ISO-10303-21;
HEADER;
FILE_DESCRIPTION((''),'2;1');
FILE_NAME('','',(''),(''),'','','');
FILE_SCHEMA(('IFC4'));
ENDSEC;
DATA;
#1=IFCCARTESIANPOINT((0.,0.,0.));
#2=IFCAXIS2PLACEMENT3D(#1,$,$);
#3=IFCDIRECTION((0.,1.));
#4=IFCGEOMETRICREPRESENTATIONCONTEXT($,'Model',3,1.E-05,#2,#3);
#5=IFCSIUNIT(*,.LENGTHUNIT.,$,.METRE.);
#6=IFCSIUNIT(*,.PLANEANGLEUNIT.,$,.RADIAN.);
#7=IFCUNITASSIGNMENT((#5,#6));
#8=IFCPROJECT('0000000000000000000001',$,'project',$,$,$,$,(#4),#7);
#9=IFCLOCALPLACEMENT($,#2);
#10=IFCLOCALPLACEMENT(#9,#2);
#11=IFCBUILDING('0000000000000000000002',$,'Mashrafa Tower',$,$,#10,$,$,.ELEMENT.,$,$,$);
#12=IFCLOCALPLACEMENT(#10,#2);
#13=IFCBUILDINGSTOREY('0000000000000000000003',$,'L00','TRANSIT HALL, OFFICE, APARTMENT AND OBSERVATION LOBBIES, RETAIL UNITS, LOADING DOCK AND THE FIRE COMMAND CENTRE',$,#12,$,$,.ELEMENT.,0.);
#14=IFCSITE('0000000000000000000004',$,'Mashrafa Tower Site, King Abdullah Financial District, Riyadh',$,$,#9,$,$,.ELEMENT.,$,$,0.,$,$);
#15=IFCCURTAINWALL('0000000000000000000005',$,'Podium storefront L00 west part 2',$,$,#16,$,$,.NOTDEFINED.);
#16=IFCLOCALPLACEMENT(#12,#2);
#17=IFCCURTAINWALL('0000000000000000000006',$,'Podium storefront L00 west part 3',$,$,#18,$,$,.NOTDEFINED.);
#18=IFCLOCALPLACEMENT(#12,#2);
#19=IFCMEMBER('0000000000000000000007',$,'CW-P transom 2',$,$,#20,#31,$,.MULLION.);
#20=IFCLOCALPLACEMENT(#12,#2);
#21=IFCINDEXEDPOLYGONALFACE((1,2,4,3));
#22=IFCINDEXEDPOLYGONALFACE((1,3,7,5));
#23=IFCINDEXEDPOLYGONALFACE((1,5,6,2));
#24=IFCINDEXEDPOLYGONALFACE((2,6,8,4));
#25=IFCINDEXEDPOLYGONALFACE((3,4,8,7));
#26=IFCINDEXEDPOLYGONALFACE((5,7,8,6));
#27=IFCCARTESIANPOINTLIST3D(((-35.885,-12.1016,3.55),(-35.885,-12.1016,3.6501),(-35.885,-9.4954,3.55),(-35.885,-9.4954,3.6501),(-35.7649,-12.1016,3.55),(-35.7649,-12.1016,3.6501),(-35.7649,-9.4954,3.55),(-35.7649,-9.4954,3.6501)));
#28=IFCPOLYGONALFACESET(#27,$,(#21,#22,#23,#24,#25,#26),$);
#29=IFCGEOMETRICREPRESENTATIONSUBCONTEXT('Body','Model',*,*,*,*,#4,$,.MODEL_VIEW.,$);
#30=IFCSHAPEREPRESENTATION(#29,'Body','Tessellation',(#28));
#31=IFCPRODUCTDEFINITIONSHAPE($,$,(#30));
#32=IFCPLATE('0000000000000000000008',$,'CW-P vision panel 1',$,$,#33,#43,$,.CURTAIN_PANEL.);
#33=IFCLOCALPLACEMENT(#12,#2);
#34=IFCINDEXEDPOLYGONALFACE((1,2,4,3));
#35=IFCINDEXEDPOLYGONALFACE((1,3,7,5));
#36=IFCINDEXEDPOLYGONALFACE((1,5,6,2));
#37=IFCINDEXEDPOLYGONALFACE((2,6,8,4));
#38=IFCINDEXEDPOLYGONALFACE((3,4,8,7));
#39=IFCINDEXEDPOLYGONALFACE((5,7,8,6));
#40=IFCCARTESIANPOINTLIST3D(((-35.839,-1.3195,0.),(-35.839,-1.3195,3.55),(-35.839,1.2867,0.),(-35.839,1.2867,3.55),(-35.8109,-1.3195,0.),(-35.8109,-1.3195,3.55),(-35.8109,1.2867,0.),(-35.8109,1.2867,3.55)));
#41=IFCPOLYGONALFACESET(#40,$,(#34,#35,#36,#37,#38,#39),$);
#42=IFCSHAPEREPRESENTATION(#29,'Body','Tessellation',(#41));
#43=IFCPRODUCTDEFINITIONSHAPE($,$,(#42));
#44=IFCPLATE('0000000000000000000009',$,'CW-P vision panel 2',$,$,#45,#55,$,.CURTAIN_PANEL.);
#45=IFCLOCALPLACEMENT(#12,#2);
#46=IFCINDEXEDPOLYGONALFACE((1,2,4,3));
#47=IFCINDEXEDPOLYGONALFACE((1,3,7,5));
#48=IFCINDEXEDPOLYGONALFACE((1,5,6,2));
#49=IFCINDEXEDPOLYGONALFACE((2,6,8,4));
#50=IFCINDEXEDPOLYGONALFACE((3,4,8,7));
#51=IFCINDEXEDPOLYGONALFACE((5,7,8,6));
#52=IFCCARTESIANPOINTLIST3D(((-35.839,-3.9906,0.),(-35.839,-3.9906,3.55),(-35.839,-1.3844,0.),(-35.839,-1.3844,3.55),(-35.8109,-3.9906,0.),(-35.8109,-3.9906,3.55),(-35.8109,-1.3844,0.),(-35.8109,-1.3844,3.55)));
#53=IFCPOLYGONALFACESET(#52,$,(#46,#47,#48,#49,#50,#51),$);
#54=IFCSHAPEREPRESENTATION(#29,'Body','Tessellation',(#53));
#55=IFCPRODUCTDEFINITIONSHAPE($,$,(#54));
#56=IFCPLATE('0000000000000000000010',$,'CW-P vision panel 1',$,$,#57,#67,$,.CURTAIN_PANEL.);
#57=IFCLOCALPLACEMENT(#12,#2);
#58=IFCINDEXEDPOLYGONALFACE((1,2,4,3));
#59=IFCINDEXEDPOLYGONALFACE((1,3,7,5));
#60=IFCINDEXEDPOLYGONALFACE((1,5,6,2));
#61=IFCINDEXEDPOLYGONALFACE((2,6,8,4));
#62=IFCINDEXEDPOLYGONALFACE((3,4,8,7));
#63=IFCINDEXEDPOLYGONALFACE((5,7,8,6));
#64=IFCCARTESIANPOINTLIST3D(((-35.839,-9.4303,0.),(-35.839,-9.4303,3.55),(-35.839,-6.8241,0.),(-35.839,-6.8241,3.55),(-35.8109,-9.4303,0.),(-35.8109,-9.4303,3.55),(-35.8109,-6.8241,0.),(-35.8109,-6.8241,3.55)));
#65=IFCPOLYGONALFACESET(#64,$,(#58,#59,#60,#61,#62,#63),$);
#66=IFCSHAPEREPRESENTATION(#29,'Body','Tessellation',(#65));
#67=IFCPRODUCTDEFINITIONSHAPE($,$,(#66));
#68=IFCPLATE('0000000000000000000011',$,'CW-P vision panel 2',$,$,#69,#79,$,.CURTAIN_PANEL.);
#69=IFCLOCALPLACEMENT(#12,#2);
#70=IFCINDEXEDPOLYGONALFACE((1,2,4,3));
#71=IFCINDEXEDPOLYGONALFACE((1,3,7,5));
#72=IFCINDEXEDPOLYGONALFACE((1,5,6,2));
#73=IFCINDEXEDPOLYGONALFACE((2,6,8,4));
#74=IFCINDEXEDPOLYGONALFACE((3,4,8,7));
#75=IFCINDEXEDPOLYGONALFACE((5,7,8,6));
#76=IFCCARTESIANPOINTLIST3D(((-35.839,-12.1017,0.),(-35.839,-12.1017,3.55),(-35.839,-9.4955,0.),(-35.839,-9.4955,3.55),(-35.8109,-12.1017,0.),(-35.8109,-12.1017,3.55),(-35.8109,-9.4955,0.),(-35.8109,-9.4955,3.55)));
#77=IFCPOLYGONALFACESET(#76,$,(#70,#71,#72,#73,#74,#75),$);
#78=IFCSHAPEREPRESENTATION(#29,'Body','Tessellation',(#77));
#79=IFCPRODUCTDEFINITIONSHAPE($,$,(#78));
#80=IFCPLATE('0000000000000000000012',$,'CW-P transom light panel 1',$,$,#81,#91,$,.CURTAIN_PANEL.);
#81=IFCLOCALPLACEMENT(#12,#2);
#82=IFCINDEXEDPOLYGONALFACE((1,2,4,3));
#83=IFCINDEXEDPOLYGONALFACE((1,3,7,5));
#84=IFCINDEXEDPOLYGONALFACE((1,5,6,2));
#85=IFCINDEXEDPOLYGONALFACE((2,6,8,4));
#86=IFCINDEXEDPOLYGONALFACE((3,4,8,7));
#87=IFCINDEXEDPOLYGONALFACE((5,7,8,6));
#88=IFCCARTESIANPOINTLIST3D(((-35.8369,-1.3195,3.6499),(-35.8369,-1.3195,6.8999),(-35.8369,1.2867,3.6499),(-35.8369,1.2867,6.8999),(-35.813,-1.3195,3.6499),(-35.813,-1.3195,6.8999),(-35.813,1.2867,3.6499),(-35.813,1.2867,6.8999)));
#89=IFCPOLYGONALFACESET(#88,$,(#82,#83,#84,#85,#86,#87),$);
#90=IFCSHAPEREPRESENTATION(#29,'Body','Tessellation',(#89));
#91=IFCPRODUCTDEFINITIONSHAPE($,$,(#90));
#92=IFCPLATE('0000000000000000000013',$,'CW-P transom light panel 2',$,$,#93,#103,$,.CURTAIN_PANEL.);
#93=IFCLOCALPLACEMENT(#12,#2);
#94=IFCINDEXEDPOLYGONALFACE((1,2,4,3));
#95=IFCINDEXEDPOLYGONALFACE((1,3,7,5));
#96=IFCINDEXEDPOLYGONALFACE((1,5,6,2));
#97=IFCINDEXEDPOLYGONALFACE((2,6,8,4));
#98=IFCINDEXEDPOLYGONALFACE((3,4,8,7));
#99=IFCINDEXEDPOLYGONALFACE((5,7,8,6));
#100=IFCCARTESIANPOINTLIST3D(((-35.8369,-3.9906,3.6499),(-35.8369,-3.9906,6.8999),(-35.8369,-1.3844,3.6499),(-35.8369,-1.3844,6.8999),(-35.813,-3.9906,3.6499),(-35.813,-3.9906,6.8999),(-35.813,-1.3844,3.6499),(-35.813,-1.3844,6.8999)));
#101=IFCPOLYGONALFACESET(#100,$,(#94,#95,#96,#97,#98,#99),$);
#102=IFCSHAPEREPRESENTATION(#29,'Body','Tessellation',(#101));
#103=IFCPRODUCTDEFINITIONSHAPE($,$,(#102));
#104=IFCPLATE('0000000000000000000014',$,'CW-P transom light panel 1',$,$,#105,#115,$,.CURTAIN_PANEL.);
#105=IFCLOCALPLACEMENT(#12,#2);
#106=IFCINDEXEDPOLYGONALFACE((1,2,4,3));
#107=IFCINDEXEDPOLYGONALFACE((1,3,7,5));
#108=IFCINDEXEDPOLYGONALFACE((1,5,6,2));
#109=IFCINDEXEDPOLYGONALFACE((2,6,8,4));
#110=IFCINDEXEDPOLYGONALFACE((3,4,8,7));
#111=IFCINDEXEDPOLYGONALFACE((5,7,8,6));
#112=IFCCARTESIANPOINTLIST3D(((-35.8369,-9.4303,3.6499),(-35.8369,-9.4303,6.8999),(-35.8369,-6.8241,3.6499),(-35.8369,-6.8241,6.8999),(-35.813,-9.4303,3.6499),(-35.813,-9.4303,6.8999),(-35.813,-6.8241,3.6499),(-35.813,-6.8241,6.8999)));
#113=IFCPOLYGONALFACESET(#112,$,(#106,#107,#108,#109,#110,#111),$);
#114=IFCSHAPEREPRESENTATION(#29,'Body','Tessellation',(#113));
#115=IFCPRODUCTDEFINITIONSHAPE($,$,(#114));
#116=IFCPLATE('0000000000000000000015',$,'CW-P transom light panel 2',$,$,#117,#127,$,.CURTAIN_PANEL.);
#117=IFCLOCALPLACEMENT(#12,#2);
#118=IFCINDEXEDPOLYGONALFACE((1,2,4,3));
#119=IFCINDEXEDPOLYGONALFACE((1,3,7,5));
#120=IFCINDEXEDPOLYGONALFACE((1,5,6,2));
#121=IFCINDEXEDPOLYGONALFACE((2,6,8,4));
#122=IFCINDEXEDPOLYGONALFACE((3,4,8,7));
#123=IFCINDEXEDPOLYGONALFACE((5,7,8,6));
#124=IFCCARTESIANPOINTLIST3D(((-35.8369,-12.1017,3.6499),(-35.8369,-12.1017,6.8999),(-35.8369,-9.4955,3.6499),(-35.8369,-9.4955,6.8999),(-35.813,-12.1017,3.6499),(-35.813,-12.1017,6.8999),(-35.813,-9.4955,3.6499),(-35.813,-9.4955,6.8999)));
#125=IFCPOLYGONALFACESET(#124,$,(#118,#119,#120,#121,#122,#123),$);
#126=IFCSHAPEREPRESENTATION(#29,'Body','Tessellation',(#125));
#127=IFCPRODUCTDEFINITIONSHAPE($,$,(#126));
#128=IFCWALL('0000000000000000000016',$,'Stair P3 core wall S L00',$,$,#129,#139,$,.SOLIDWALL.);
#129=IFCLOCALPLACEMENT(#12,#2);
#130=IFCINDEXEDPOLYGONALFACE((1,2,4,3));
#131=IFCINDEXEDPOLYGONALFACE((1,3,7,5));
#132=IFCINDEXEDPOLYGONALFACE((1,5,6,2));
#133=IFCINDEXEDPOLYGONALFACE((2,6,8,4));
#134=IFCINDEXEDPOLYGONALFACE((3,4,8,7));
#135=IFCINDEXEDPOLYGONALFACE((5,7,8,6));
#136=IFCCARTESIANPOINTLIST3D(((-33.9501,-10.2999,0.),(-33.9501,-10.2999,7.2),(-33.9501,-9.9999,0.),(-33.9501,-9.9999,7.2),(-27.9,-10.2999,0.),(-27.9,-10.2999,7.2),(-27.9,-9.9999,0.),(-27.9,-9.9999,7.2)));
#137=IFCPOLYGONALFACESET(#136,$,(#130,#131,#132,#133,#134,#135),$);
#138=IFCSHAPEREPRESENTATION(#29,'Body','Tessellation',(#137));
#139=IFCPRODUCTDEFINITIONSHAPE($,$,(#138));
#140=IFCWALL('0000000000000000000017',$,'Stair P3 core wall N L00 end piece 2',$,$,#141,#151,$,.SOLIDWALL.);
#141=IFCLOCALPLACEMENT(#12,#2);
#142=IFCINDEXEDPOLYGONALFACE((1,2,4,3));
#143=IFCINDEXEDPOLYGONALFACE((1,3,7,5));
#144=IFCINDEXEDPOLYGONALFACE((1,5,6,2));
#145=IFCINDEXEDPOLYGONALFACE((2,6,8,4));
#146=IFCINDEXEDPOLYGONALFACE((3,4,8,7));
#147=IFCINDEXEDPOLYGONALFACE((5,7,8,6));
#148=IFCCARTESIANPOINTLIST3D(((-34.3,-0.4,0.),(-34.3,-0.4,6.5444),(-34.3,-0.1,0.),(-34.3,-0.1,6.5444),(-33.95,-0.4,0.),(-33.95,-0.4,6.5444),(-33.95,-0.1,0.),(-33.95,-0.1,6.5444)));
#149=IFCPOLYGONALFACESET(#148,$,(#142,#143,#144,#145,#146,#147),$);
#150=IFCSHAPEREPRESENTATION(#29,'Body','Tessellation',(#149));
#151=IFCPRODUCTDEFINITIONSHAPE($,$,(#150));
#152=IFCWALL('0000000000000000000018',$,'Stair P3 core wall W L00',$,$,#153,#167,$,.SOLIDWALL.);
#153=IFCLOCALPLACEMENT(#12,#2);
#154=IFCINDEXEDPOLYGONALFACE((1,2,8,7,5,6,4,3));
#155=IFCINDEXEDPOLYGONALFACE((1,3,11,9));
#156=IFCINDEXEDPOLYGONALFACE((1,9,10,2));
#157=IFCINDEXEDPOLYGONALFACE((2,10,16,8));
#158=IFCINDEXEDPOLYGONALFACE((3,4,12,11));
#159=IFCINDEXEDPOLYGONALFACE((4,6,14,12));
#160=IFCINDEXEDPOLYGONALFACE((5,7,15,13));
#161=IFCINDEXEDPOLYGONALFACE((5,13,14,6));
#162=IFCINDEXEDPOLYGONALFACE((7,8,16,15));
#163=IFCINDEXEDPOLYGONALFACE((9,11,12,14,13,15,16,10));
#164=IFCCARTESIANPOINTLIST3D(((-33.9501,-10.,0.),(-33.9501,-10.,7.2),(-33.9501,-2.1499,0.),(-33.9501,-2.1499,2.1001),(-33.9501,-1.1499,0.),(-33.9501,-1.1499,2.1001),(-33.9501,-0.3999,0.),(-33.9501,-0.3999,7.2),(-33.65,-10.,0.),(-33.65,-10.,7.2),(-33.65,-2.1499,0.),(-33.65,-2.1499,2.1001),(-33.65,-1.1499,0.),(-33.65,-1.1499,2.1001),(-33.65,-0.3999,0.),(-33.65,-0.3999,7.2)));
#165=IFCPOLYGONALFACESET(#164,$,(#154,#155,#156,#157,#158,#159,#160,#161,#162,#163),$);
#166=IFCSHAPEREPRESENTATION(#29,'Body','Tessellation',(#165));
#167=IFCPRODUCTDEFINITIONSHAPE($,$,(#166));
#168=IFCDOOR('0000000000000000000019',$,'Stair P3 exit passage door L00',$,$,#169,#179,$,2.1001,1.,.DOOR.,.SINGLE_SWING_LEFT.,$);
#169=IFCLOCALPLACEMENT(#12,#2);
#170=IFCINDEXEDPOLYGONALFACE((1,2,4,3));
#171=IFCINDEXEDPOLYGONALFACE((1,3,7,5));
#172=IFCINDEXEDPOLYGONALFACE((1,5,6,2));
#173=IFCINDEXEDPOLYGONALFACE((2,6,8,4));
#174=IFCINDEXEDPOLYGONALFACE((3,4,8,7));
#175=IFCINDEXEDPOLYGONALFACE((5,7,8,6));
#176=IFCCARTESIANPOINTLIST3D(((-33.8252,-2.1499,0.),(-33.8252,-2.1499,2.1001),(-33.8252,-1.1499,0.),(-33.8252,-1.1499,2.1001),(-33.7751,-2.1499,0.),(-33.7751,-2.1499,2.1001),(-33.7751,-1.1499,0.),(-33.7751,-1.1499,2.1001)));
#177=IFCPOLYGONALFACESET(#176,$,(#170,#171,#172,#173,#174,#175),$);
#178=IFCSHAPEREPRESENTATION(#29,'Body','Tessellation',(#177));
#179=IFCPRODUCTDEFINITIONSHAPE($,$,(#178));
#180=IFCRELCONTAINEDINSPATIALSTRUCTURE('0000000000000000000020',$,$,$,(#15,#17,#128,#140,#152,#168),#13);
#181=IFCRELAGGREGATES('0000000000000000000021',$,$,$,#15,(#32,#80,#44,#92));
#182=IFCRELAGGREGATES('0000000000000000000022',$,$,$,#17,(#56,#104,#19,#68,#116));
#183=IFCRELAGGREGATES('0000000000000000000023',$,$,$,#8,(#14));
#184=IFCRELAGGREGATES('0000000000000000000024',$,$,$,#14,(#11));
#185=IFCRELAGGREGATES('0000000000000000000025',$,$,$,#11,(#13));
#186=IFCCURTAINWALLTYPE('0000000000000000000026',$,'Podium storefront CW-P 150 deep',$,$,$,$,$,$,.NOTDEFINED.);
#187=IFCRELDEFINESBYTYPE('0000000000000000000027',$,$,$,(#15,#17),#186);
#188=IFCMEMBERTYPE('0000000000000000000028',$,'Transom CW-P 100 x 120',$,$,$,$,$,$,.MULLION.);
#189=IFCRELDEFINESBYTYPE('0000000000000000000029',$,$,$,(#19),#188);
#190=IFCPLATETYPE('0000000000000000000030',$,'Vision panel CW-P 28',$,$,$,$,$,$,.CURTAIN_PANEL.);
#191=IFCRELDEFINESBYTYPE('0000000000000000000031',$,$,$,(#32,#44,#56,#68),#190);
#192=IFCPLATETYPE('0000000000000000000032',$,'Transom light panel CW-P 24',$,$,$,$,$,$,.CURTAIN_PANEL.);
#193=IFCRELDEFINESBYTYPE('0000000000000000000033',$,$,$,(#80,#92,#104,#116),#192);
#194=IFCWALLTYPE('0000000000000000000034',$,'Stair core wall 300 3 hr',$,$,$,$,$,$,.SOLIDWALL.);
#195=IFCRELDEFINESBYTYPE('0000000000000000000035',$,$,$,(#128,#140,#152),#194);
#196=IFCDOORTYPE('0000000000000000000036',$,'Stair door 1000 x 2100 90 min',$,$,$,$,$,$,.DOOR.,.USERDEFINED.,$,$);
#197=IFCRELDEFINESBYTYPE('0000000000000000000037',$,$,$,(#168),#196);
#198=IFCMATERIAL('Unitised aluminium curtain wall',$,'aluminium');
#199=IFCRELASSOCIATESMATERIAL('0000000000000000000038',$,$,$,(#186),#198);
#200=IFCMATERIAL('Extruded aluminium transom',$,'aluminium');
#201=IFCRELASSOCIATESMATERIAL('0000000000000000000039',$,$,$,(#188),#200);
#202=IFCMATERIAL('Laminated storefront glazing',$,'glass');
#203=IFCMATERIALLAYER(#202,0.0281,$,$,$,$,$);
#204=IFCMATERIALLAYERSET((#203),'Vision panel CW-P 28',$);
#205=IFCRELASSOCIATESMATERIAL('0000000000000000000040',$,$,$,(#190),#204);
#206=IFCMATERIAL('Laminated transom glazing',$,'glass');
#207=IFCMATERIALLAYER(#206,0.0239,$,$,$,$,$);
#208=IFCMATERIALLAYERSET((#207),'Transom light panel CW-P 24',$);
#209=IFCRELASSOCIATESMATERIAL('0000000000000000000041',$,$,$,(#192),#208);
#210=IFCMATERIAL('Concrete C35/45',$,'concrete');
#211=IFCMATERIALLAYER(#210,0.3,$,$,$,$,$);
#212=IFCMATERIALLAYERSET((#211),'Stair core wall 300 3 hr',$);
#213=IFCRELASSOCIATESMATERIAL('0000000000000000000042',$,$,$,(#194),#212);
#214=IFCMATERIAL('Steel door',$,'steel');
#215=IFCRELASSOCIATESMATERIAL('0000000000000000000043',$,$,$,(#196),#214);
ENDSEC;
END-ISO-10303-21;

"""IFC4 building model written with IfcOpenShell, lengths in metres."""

from ifc_helpers import new_model, si_unit, direction, frame, frame_2d, origin, origin_2d, place, context, subcontext, project, spatial, rectangle, extrude, source, transform, mapped, material, layer, layer_set, material_profile, profile_set, type_object, type_shapes, element, fill, aggregate, save


model = new_model("IFC4")

# Units and contexts
model_context = context("Model", 3, precision=1e-05, world=origin(), true_north=direction((0.0, 1.0)))
body_context = subcontext(model_context, "Body", "Model", "MODEL_VIEW")
ifc_project = project(units=[si_unit("LENGTHUNIT", "METRE"), si_unit("PLANEANGLEUNIT", "RADIAN")], contexts=[model_context])

# Site, building, storey
site_placement = place(None, origin())
site = spatial("IfcSite", under=ifc_project, at=site_placement, Name="Mashrafa Tower Site, King Abdullah Financial District, Riyadh", CompositionType="ELEMENT", RefElevation=0.0)
building_placement = place(site_placement, origin())
building = spatial("IfcBuilding", under=site, at=building_placement, Name="Mashrafa Tower", CompositionType="ELEMENT")
storey_placement = place(building_placement, origin())
storey = spatial("IfcBuildingStorey", under=building, at=storey_placement, Name="L00", Description="TRANSIT HALL, OFFICE, APARTMENT AND OBSERVATION LOBBIES, RETAIL UNITS, LOADING DOCK AND THE FIRE COMMAND CENTRE", CompositionType="ELEMENT", Elevation=0.0)

# Curtain walls
ifc_material_1 = material(Name="Unitised aluminium curtain wall", Category="aluminium")
curtain_wall_type = type_object("IfcCurtainWallType", Name="Podium storefront CW-P 150 deep", PredefinedType="NOTDEFINED", material=ifc_material_1)
curtain_wall_1_placement = place(storey_placement, origin())
curtain_wall_1 = element("IfcCurtainWall", 1, at=curtain_wall_1_placement, inside=storey, type_object=curtain_wall_type, Name="Podium storefront L00 west part 2", PredefinedType="NOTDEFINED")
curtain_wall_2_placement = place(storey_placement, origin())
curtain_wall_2 = element("IfcCurtainWall", 2, at=curtain_wall_2_placement, inside=storey, type_object=curtain_wall_type, Name="Podium storefront L00 west part 3", PredefinedType="NOTDEFINED")

# Member
ifc_material_2 = material(Name="Extruded aluminium transom", Category="aluminium")
ifc_material_profile_1 = material_profile(ifc_material_2, rectangle(XDim=0.1201, YDim=0.1001, at=origin_2d()), Name="Transom 100x120")
ifc_profile_set_1 = profile_set([ifc_material_profile_1], Name="Extruded aluminium transom")
member_type_1 = type_object("IfcMemberType", Name="Transom CW-P 100 x 120", PredefinedType="MULLION", material=ifc_profile_set_1)
shared_shape_1 = source(origin(), body_context, "Body", "SweptSolid", [
    extrude(rectangle(XDim=0.1201, YDim=0.1001, at=origin_2d()), origin(), (0.0, 0.0, 1.0), 2.6062),
])
type_shapes(member_type_1, [shared_shape_1])
member_1_placement = place(storey_placement, frame((-35.825, -9.4954, 3.6001), z_axis=(0.0, -1.0, 0.0), x_axis=(1.0, 0.0, 0.0)))
member_1 = element("IfcMember", 3, at=member_1_placement, type_object=member_type_1, Name="CW-P transom 2", PredefinedType="MULLION", context=body_context, shape_type="MappedRepresentation", body=[
    mapped(shared_shape_1, transform((0.0, 0.0, 0.0))),
])

# Plates
ifc_material_3 = material(Name="Laminated storefront glazing", Category="glass")
ifc_layer_1 = layer(ifc_material_3, 0.0281)
ifc_layer_set_1 = layer_set([ifc_layer_1], Name="Vision panel CW-P 28")
plate_type_1 = type_object("IfcPlateType", Name="Vision panel CW-P 28", PredefinedType="CURTAIN_PANEL", material=ifc_layer_set_1)
shared_shape_2 = source(origin(), body_context, "Body", "SweptSolid", [
    extrude(rectangle(XDim=2.6062, YDim=0.0281, at=origin_2d()), origin(), (0.0, 0.0, 1.0), 3.55),
])
type_shapes(plate_type_1, [shared_shape_2])
plate_1_placement = place(storey_placement, frame((-35.825, -0.0164, 0.0), z_axis=(0.0, 0.0, 1.0), x_axis=(0.0, -1.0, 0.0)))
plate_1 = element("IfcPlate", 4, at=plate_1_placement, type_object=plate_type_1, Name="CW-P vision panel 1", PredefinedType="CURTAIN_PANEL", context=body_context, shape_type="MappedRepresentation", body=[
    mapped(shared_shape_2, transform((0.0, 0.0, 0.0))),
])
plate_2_placement = place(storey_placement, frame((-35.825, -2.6875, 0.0), z_axis=(0.0, 0.0, 1.0), x_axis=(0.0, -1.0, 0.0)))
plate_2 = element("IfcPlate", 5, at=plate_2_placement, type_object=plate_type_1, Name="CW-P vision panel 2", PredefinedType="CURTAIN_PANEL", context=body_context, shape_type="MappedRepresentation", body=[
    mapped(shared_shape_2, transform((0.0, 0.0, 0.0))),
])
plate_3_placement = place(storey_placement, frame((-35.825, -8.1272, 0.0), z_axis=(0.0, 0.0, 1.0), x_axis=(0.0, -1.0, 0.0)))
plate_3 = element("IfcPlate", 6, at=plate_3_placement, type_object=plate_type_1, Name="CW-P vision panel 1", PredefinedType="CURTAIN_PANEL", context=body_context, shape_type="MappedRepresentation", body=[
    mapped(shared_shape_2, transform((0.0, 0.0, 0.0))),
])
plate_4_placement = place(storey_placement, frame((-35.825, -10.7986, 0.0), z_axis=(0.0, 0.0, 1.0), x_axis=(0.0, -1.0, 0.0)))
plate_4 = element("IfcPlate", 7, at=plate_4_placement, type_object=plate_type_1, Name="CW-P vision panel 2", PredefinedType="CURTAIN_PANEL", context=body_context, shape_type="MappedRepresentation", body=[
    mapped(shared_shape_2, transform((0.0, 0.0, 0.0))),
])
ifc_material_4 = material(Name="Laminated transom glazing", Category="glass")
ifc_layer_2 = layer(ifc_material_4, 0.0239)
ifc_layer_set_2 = layer_set([ifc_layer_2], Name="Transom light panel CW-P 24")
plate_type_2 = type_object("IfcPlateType", Name="Transom light panel CW-P 24", PredefinedType="CURTAIN_PANEL", material=ifc_layer_set_2)
shared_shape_3 = source(origin(), body_context, "Body", "SweptSolid", [
    extrude(rectangle(XDim=2.6062, YDim=0.0239, at=origin_2d()), origin(), (0.0, 0.0, 1.0), 3.25),
])
type_shapes(plate_type_2, [shared_shape_3])
plate_5_placement = place(storey_placement, frame((-35.825, -0.0164, 3.6499), z_axis=(0.0, 0.0, 1.0), x_axis=(0.0, -1.0, 0.0)))
plate_5 = element("IfcPlate", 8, at=plate_5_placement, type_object=plate_type_2, Name="CW-P transom light panel 1", PredefinedType="CURTAIN_PANEL", context=body_context, shape_type="MappedRepresentation", body=[
    mapped(shared_shape_3, transform((0.0, 0.0, 0.0))),
])
plate_6_placement = place(storey_placement, frame((-35.825, -2.6875, 3.6499), z_axis=(0.0, 0.0, 1.0), x_axis=(0.0, -1.0, 0.0)))
plate_6 = element("IfcPlate", 9, at=plate_6_placement, type_object=plate_type_2, Name="CW-P transom light panel 2", PredefinedType="CURTAIN_PANEL", context=body_context, shape_type="MappedRepresentation", body=[
    mapped(shared_shape_3, transform((0.0, 0.0, 0.0))),
])
aggregate(curtain_wall_1, [plate_1, plate_5, plate_2, plate_6])
plate_7_placement = place(storey_placement, frame((-35.825, -8.1272, 3.6499), z_axis=(0.0, 0.0, 1.0), x_axis=(0.0, -1.0, 0.0)))
plate_7 = element("IfcPlate", 10, at=plate_7_placement, type_object=plate_type_2, Name="CW-P transom light panel 1", PredefinedType="CURTAIN_PANEL", context=body_context, shape_type="MappedRepresentation", body=[
    mapped(shared_shape_3, transform((0.0, 0.0, 0.0))),
])
plate_8_placement = place(storey_placement, frame((-35.825, -10.7986, 3.6499), z_axis=(0.0, 0.0, 1.0), x_axis=(0.0, -1.0, 0.0)))
plate_8 = element("IfcPlate", 11, at=plate_8_placement, type_object=plate_type_2, Name="CW-P transom light panel 2", PredefinedType="CURTAIN_PANEL", context=body_context, shape_type="MappedRepresentation", body=[
    mapped(shared_shape_3, transform((0.0, 0.0, 0.0))),
])
aggregate(curtain_wall_2, [plate_3, plate_7, member_1, plate_4, plate_8])

# Walls
ifc_material_5 = material(Name="Concrete C35/45", Category="concrete")
ifc_layer_3 = layer(ifc_material_5, 0.3)
ifc_layer_set_3 = layer_set([ifc_layer_3], Name="Stair core wall 300 3 hr")
wall_type_1 = type_object("IfcWallType", Name="Stair core wall 300 3 hr", PredefinedType="SOLIDWALL", material=ifc_layer_set_3)
wall_1_placement = place(storey_placement, frame((-33.95, -10.1499, 0.0), z_axis=(0.0, 0.0, 1.0), x_axis=(1.0, 0.0, 0.0)))
element("IfcWall", 12, at=wall_1_placement, inside=storey, type_object=wall_type_1, Name="Stair P3 core wall S L00", PredefinedType="SOLIDWALL", context=body_context, shape_type="SweptSolid", body=[
    extrude(rectangle(XDim=6.05, YDim=0.3, at=frame_2d((3.0249, 0.0))), origin(), (0.0, 0.0, 1.0), 7.2),
])
wall_2_placement = place(storey_placement, frame((-33.95, -0.25, 0.0), z_axis=(0.0, 0.0, 1.0), x_axis=(-1.0, 0.0, 0.0)))
element("IfcWall", 13, at=wall_2_placement, inside=storey, type_object=wall_type_1, Name="Stair P3 core wall N L00 end piece 2", PredefinedType="SOLIDWALL", context=body_context, shape_type="SweptSolid", body=[
    extrude(rectangle(XDim=0.3501, YDim=0.3, at=frame_2d((0.175, 0.0))), origin(), (0.0, 0.0, 1.0), 6.5444),
])

# Wall, opening, door
wall_3_placement = place(storey_placement, frame((-33.8, -0.3999, 0.0), z_axis=(0.0, 0.0, 1.0), x_axis=(0.0, -1.0, 0.0)))
wall_3 = element("IfcWall", 14, at=wall_3_placement, inside=storey, type_object=wall_type_1, Name="Stair P3 core wall W L00", PredefinedType="SOLIDWALL", context=body_context, shape_type="SweptSolid", body=[
    extrude(rectangle(XDim=9.6001, YDim=0.3, at=frame_2d((4.8, 0.0))), origin(), (0.0, 0.0, 1.0), 7.2),
])
opening_1_placement = place(wall_3_placement, frame((0.75, 0.0, 0.0)))
opening_1 = element("IfcOpeningElement", 15, at=opening_1_placement, cuts=wall_3, PredefinedType="OPENING", context=body_context, shape_type="SweptSolid", body=[
    extrude(rectangle(XDim=1.0, YDim=2.1001, at=frame_2d((0.5, 1.05))), frame((0.0, 0.1599, 0.0), z_axis=(0.0, -1.0, 0.0), x_axis=(1.0, 0.0, 0.0)), (0.0, 0.0, 1.0), 0.3201),
])
ifc_material_6 = material(Name="Steel door", Category="steel")
door_type_1 = type_object("IfcDoorType", Name="Stair door 1000 x 2100 90 min", OperationType="USERDEFINED", PredefinedType="DOOR", material=ifc_material_6)
door_1_placement = place(opening_1_placement, origin())
door_1 = element("IfcDoor", 16, at=door_1_placement, inside=storey, type_object=door_type_1, Name="Stair P3 exit passage door L00", OperationType="SINGLE_SWING_LEFT", OverallHeight=2.1001, OverallWidth=1.0, PredefinedType="DOOR", context=body_context, shape_type="SweptSolid", body=[
    extrude(rectangle(XDim=1.0, YDim=2.1001, at=frame_2d((0.5, 1.05))), frame((0.0, 0.0249, 0.0), z_axis=(0.0, -1.0, 0.0), x_axis=(1.0, 0.0, 0.0)), (0.0, 0.0, 1.0), 0.05),
])
fill(opening_1, door_1)

save(model, "model.ifc")
